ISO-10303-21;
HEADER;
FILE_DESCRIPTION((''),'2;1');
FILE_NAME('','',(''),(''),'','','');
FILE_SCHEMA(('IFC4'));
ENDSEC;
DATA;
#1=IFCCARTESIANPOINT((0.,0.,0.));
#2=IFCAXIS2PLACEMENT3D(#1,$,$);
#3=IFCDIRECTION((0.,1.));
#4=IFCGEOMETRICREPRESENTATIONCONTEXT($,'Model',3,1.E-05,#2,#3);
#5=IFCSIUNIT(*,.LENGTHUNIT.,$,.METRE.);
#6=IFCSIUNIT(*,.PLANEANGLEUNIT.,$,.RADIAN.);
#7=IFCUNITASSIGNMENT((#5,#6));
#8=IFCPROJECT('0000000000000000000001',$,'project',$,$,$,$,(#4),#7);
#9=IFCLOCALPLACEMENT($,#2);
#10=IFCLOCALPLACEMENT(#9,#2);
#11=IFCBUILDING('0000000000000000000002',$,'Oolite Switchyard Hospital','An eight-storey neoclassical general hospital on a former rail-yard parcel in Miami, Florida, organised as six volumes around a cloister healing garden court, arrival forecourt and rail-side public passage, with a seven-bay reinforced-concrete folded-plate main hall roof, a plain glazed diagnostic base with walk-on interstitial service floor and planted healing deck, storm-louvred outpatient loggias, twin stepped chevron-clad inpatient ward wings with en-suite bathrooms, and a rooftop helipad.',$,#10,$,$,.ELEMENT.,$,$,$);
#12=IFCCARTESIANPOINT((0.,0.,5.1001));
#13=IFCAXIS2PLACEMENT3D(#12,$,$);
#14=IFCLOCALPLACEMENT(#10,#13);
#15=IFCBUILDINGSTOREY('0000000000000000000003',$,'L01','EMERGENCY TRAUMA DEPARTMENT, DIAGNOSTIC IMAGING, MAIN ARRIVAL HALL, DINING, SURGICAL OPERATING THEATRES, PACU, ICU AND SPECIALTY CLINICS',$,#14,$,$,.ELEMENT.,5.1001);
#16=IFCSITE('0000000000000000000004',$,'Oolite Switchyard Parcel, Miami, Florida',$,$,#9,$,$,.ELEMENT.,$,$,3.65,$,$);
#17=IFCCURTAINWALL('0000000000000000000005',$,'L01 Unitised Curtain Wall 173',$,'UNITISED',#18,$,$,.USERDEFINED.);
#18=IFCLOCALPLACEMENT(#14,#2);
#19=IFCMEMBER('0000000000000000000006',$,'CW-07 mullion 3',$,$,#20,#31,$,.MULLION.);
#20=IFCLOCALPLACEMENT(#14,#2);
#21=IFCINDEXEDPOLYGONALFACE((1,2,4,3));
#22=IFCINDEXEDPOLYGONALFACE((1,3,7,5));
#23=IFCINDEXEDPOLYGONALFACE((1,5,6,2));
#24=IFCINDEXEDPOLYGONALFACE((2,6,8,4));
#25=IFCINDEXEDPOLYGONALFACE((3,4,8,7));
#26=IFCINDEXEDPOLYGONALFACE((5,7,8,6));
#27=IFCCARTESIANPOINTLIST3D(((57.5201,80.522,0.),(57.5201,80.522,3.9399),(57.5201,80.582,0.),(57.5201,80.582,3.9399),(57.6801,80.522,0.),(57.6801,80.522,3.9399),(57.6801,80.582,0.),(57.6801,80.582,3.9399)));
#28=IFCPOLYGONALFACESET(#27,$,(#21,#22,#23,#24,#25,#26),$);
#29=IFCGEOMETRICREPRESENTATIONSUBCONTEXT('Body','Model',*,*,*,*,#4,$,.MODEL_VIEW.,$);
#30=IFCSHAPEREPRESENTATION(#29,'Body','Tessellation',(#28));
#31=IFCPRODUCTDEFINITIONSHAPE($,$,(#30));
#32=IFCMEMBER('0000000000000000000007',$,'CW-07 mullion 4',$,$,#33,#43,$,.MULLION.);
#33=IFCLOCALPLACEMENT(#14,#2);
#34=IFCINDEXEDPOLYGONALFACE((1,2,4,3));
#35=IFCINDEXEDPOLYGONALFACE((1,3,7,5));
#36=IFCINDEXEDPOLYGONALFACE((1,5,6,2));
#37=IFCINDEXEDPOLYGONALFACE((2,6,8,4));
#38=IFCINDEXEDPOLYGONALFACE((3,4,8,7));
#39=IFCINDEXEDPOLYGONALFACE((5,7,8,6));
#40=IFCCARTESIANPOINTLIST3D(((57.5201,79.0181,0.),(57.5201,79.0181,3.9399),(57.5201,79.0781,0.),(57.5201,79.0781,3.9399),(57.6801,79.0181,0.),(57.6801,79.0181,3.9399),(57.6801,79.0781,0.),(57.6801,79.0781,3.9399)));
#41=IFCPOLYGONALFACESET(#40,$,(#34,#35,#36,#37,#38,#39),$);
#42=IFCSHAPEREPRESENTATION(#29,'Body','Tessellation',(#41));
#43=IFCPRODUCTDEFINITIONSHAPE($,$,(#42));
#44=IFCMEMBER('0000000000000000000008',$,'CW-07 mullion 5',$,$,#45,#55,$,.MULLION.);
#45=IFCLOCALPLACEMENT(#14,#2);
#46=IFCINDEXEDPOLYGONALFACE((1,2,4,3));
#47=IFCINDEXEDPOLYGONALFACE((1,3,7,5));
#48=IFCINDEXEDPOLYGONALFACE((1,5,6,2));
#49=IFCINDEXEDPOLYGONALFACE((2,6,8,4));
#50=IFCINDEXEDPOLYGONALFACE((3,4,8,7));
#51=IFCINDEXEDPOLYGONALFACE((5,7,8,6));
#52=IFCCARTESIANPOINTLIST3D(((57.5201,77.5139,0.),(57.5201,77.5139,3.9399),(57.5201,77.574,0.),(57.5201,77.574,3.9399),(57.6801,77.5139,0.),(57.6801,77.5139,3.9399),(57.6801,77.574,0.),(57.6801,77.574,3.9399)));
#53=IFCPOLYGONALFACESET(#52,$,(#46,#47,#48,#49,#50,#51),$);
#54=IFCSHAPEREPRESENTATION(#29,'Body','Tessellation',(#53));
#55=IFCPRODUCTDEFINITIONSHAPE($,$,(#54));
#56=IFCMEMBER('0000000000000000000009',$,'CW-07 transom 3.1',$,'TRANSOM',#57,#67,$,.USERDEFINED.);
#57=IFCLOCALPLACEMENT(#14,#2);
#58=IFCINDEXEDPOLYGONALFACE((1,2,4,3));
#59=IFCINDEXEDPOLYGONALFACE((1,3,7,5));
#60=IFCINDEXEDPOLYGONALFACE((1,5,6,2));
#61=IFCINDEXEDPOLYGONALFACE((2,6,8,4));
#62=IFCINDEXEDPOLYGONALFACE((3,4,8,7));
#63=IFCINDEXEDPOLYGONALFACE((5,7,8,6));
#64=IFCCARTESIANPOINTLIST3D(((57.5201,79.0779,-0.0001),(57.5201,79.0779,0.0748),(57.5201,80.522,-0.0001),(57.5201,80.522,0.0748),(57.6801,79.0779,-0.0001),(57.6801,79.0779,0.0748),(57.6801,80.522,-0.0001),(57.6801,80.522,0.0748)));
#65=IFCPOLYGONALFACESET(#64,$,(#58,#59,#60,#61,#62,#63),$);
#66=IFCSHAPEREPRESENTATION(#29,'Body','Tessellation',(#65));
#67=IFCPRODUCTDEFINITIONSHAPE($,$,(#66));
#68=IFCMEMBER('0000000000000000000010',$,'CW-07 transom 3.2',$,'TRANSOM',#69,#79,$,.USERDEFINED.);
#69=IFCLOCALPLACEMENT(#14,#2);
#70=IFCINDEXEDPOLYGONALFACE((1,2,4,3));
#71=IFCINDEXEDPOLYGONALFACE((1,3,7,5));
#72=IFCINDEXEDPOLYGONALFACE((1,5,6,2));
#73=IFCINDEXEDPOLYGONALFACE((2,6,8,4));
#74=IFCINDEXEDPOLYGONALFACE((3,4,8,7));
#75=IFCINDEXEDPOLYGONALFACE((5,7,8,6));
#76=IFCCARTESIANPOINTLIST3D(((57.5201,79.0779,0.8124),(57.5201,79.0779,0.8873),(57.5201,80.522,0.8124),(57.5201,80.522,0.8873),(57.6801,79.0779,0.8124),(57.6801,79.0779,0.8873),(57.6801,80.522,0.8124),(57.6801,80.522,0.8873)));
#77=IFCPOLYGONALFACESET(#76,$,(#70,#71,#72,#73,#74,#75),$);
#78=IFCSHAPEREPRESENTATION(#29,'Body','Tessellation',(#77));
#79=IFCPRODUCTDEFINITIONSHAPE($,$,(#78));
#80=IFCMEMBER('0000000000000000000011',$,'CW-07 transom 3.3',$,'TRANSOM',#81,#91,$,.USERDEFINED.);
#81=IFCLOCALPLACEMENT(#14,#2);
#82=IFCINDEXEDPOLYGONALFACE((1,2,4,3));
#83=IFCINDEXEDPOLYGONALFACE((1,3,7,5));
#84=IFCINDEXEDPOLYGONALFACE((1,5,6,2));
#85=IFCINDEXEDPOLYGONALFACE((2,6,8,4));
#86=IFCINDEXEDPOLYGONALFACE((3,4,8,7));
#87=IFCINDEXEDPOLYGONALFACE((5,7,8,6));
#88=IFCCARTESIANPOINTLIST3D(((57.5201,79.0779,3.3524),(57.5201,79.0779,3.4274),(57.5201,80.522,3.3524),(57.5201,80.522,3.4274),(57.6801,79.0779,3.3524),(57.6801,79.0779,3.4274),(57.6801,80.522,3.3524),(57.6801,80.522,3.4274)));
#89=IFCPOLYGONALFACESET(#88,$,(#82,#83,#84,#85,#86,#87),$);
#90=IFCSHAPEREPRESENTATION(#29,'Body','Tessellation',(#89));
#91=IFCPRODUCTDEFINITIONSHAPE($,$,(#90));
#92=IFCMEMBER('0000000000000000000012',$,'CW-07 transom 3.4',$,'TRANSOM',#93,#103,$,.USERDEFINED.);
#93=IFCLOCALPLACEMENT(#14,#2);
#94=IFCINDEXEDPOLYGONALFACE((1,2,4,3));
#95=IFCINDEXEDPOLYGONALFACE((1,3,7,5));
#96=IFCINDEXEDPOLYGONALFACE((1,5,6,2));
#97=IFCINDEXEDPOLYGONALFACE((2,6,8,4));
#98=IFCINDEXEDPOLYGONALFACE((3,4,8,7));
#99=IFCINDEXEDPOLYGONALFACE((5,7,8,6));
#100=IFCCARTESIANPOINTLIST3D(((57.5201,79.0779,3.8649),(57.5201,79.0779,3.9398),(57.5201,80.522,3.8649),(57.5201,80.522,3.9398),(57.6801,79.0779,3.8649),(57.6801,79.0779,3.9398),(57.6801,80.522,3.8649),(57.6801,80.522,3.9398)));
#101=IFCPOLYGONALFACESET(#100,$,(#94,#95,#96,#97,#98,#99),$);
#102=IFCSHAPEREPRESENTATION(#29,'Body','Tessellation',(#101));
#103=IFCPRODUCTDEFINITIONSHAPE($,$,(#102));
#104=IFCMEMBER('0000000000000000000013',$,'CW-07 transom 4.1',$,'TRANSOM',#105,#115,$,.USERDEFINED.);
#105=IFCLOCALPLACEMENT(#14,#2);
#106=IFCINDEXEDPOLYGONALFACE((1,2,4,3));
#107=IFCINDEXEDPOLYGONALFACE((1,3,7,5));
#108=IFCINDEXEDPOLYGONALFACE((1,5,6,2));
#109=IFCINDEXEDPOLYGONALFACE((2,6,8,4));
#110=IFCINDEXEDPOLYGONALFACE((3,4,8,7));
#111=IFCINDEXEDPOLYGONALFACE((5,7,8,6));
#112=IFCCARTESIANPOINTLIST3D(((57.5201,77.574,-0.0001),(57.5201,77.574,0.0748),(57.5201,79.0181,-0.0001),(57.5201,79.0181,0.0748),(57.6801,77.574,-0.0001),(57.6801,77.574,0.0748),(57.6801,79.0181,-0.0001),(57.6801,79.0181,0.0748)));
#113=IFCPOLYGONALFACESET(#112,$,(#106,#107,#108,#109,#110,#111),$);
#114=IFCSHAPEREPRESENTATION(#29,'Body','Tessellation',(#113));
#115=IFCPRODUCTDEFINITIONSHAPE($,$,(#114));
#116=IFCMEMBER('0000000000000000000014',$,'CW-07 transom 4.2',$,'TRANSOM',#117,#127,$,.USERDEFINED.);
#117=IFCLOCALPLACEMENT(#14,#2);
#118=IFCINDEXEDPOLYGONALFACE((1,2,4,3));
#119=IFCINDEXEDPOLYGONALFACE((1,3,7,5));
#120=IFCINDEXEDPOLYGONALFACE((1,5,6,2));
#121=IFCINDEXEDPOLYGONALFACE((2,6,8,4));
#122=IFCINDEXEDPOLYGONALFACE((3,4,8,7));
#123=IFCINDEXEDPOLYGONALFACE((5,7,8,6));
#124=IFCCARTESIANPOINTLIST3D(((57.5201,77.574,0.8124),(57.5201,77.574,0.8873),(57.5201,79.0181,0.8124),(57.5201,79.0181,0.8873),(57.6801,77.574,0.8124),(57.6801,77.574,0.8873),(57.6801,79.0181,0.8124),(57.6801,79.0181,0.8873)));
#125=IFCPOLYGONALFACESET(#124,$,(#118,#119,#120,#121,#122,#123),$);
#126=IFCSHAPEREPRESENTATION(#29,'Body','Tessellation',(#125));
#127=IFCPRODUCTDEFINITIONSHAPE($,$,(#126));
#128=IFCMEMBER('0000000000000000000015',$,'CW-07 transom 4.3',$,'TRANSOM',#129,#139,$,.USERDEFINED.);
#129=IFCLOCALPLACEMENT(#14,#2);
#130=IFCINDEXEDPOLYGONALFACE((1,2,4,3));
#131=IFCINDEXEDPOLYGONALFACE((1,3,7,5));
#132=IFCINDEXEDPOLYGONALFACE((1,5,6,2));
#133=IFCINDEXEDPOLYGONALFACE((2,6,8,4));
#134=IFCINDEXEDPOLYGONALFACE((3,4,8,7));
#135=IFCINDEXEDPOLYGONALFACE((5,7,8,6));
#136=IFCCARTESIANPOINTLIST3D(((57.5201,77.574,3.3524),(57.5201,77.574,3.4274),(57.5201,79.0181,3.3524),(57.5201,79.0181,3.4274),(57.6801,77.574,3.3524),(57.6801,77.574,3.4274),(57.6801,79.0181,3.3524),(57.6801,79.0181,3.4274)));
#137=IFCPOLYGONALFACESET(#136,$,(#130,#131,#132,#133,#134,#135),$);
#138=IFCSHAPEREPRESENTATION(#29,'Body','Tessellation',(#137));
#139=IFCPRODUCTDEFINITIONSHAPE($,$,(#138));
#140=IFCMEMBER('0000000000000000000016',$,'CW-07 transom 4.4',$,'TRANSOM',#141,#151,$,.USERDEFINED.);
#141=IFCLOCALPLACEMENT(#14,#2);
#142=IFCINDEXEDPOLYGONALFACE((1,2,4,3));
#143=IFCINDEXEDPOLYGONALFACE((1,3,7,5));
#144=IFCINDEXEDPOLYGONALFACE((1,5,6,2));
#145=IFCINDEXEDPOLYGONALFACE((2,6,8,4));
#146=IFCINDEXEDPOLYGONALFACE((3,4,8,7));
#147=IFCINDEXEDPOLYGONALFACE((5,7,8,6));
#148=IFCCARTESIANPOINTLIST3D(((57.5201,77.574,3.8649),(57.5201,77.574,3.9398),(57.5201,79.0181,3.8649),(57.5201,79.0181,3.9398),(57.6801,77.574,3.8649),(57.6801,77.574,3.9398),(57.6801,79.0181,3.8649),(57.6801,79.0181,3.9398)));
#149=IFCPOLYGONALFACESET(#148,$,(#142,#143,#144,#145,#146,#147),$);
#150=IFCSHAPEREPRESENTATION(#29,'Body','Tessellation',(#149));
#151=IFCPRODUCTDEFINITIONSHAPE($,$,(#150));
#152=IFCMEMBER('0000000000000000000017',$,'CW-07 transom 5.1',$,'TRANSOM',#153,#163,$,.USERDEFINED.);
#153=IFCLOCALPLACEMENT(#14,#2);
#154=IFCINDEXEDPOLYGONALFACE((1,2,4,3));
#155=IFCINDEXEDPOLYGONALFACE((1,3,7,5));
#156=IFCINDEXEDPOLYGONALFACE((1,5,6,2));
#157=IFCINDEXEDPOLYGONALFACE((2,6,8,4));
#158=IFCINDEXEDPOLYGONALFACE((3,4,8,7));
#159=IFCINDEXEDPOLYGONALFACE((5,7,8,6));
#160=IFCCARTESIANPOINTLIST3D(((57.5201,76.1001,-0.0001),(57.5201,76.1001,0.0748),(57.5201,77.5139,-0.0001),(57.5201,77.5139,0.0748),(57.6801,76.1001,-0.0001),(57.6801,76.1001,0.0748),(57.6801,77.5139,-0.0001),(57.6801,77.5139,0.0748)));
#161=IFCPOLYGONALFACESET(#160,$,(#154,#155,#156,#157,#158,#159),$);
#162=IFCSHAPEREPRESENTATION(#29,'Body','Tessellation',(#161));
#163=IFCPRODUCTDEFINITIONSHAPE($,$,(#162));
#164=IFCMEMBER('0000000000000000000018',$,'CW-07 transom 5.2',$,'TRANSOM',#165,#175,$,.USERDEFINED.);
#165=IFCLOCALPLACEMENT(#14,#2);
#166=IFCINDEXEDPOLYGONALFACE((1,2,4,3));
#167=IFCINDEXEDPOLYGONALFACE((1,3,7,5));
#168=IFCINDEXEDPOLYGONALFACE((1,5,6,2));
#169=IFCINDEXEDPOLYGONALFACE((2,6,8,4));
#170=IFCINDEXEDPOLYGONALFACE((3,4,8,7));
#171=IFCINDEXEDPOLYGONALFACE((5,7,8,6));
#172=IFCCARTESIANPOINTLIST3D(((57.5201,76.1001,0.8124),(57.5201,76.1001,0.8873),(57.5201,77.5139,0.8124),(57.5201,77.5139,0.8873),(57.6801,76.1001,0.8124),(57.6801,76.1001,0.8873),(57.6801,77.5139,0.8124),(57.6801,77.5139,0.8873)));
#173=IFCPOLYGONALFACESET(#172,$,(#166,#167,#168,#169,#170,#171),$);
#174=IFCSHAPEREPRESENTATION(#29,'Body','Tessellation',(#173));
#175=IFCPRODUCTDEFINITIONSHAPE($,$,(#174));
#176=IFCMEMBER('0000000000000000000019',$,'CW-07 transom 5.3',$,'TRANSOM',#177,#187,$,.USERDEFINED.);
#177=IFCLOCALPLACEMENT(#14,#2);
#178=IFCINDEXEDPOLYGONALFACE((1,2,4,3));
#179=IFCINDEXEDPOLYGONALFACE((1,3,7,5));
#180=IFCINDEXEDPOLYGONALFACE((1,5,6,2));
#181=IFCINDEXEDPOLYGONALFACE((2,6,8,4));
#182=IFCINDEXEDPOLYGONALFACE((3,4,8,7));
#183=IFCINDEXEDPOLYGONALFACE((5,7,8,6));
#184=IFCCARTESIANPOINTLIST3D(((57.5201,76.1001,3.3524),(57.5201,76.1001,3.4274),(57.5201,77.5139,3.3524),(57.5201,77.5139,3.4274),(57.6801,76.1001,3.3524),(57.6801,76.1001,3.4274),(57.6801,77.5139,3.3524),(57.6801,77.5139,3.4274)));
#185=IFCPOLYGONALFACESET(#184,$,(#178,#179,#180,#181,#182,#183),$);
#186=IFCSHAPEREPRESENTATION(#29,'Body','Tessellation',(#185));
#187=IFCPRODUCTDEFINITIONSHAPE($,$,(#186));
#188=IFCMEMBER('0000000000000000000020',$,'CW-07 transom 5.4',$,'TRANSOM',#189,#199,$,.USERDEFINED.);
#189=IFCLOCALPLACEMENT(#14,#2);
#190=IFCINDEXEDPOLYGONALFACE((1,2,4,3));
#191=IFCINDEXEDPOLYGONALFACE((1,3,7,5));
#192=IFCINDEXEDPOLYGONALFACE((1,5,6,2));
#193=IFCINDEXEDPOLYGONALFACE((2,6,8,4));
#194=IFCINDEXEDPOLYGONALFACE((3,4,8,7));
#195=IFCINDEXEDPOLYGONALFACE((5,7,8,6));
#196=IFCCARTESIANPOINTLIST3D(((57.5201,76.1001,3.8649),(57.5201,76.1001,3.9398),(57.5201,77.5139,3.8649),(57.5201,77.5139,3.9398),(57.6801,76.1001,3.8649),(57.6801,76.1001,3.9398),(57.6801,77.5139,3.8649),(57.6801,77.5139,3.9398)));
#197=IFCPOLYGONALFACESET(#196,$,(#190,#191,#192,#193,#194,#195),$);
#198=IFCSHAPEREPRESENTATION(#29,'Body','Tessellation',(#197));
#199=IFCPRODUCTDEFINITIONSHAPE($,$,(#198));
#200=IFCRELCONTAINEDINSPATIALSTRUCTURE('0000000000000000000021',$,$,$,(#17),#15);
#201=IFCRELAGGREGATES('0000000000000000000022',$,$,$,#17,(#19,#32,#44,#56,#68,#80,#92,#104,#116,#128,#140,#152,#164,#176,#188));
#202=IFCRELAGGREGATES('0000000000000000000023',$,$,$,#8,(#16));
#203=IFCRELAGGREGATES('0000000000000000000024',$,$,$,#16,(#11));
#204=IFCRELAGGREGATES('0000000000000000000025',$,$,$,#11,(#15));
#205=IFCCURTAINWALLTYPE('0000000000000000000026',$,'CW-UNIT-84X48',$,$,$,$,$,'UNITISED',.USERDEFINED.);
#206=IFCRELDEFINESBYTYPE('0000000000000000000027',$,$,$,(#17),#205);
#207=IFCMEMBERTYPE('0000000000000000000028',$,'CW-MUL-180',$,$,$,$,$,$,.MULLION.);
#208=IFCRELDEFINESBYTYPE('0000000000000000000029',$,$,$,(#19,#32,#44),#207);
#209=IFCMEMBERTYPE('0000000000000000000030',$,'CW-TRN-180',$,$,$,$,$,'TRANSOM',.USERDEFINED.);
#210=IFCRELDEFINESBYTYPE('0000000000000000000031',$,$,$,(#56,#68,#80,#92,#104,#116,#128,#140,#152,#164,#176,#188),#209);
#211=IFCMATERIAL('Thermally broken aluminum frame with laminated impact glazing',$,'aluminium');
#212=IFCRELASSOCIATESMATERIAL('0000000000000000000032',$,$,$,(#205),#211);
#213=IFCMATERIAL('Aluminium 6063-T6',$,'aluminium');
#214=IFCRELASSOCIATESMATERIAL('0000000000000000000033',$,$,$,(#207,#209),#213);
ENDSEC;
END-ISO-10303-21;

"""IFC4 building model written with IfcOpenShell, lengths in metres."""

from ifc_helpers import new_model, si_unit, direction, frame, origin, origin_2d, place, context, subcontext, project, spatial, rectangle, extrude, material, material_profile, profile_set, type_object, element, aggregate, save


model = new_model("IFC4")

# Units and contexts
model_context = context("Model", 3, precision=1e-05, world=origin(), true_north=direction((0.0, 1.0)))
body_context = subcontext(model_context, "Body", "Model", "MODEL_VIEW")
ifc_project = project(units=[si_unit("LENGTHUNIT", "METRE"), si_unit("PLANEANGLEUNIT", "RADIAN")], contexts=[model_context])

# Site, building, storey
site_placement = place(None, origin())
site = spatial("IfcSite", under=ifc_project, at=site_placement, Name="Oolite Switchyard Parcel, Miami, Florida", CompositionType="ELEMENT", RefElevation=3.65)
building_placement = place(site_placement, origin())
building = spatial("IfcBuilding", under=site, at=building_placement, Name="Oolite Switchyard Hospital", Description="An eight-storey neoclassical general hospital on a former rail-yard parcel in Miami, Florida, organised as six volumes around a cloister healing garden court, arrival forecourt and rail-side public passage, with a seven-bay reinforced-concrete folded-plate main hall roof, a plain glazed diagnostic base with walk-on interstitial service floor and planted healing deck, storm-louvred outpatient loggias, twin stepped chevron-clad inpatient ward wings with en-suite bathrooms, and a rooftop helipad.", CompositionType="ELEMENT")
storey_placement = place(building_placement, frame((0.0, 0.0, 5.1001)))
storey = spatial("IfcBuildingStorey", under=building, at=storey_placement, Name="L01", Description="EMERGENCY TRAUMA DEPARTMENT, DIAGNOSTIC IMAGING, MAIN ARRIVAL HALL, DINING, SURGICAL OPERATING THEATRES, PACU, ICU AND SPECIALTY CLINICS", CompositionType="ELEMENT", Elevation=5.1001)

# Curtain wall, members
ifc_material_1 = material(Name="Thermally broken aluminum frame with laminated impact glazing", Category="aluminium")
curtain_wall_type = type_object("IfcCurtainWallType", Name="CW-UNIT-84X48", ElementType="UNITISED", PredefinedType="USERDEFINED", material=ifc_material_1)
curtain_wall_placement = place(storey_placement, origin())
curtain_wall = element("IfcCurtainWall", 1, at=curtain_wall_placement, inside=storey, type_object=curtain_wall_type, Name="L01 Unitised Curtain Wall 173", ObjectType="UNITISED", PredefinedType="USERDEFINED")
ifc_material_2 = material(Name="Aluminium 6063-T6", Category="aluminium")
ifc_material_profile_1 = material_profile(ifc_material_2, rectangle(XDim=0.1599, YDim=0.0601, at=origin_2d()), Name="CWM60X160")
ifc_profile_set_1 = profile_set([ifc_material_profile_1], Name="Aluminium 6063-T6")
member_type_1 = type_object("IfcMemberType", Name="CW-MUL-180", PredefinedType="MULLION", material=ifc_profile_set_1)
member_1_placement = place(storey_placement, frame((57.6001, 80.552, 0.0), z_axis=(0.0, 0.0, 1.0), x_axis=(1.0, 0.0, 0.0)))
member_1 = element("IfcMember", 2, at=member_1_placement, type_object=member_type_1, Name="CW-07 mullion 3", PredefinedType="MULLION", context=body_context, shape_type="SweptSolid", body=[
    extrude(rectangle(XDim=0.1599, YDim=0.0601, at=origin_2d()), origin(), (0.0, 0.0, 1.0), 3.9399),
])
member_2_placement = place(storey_placement, frame((57.6001, 79.0481, 0.0), z_axis=(0.0, 0.0, 1.0), x_axis=(1.0, 0.0, 0.0)))
member_2 = element("IfcMember", 3, at=member_2_placement, type_object=member_type_1, Name="CW-07 mullion 4", PredefinedType="MULLION", context=body_context, shape_type="SweptSolid", body=[
    extrude(rectangle(XDim=0.1599, YDim=0.0601, at=origin_2d()), origin(), (0.0, 0.0, 1.0), 3.9399),
])
member_3_placement = place(storey_placement, frame((57.6001, 77.5439, 0.0), z_axis=(0.0, 0.0, 1.0), x_axis=(1.0, 0.0, 0.0)))
member_3 = element("IfcMember", 4, at=member_3_placement, type_object=member_type_1, Name="CW-07 mullion 5", PredefinedType="MULLION", context=body_context, shape_type="SweptSolid", body=[
    extrude(rectangle(XDim=0.1599, YDim=0.0601, at=origin_2d()), origin(), (0.0, 0.0, 1.0), 3.9399),
])
ifc_material_profile_2 = material_profile(ifc_material_2, rectangle(XDim=0.1599, YDim=0.075, at=origin_2d()), Name="CWT75X160")
ifc_profile_set_2 = profile_set([ifc_material_profile_2], Name="Aluminium 6063-T6")
member_type_2 = type_object("IfcMemberType", Name="CW-TRN-180", ElementType="TRANSOM", PredefinedType="USERDEFINED", material=ifc_profile_set_2)
member_4_placement = place(storey_placement, frame((57.6001, 80.522, 0.0374), z_axis=(0.0, -1.0, 0.0), x_axis=(1.0, 0.0, 0.0)))
member_4 = element("IfcMember", 5, at=member_4_placement, type_object=member_type_2, Name="CW-07 transom 3.1", ObjectType="TRANSOM", PredefinedType="USERDEFINED", context=body_context, shape_type="SweptSolid", body=[
    extrude(rectangle(XDim=0.1599, YDim=0.075, at=origin_2d()), origin(), (0.0, 0.0, 1.0), 1.4441),
])
member_5_placement = place(storey_placement, frame((57.6001, 80.522, 0.8499), z_axis=(0.0, -1.0, 0.0), x_axis=(1.0, 0.0, 0.0)))
member_5 = element("IfcMember", 6, at=member_5_placement, type_object=member_type_2, Name="CW-07 transom 3.2", ObjectType="TRANSOM", PredefinedType="USERDEFINED", context=body_context, shape_type="SweptSolid", body=[
    extrude(rectangle(XDim=0.1599, YDim=0.075, at=origin_2d()), origin(), (0.0, 0.0, 1.0), 1.4441),
])
member_6_placement = place(storey_placement, frame((57.6001, 80.522, 3.3899), z_axis=(0.0, -1.0, 0.0), x_axis=(1.0, 0.0, 0.0)))
member_6 = element("IfcMember", 7, at=member_6_placement, type_object=member_type_2, Name="CW-07 transom 3.3", ObjectType="TRANSOM", PredefinedType="USERDEFINED", context=body_context, shape_type="SweptSolid", body=[
    extrude(rectangle(XDim=0.1599, YDim=0.075, at=origin_2d()), origin(), (0.0, 0.0, 1.0), 1.4441),
])
member_7_placement = place(storey_placement, frame((57.6001, 80.522, 3.9023), z_axis=(0.0, -1.0, 0.0), x_axis=(1.0, 0.0, 0.0)))
member_7 = element("IfcMember", 8, at=member_7_placement, type_object=member_type_2, Name="CW-07 transom 3.4", ObjectType="TRANSOM", PredefinedType="USERDEFINED", context=body_context, shape_type="SweptSolid", body=[
    extrude(rectangle(XDim=0.1599, YDim=0.075, at=origin_2d()), origin(), (0.0, 0.0, 1.0), 1.4441),
])
member_8_placement = place(storey_placement, frame((57.6001, 79.0181, 0.0374), z_axis=(0.0, -1.0, 0.0), x_axis=(1.0, 0.0, 0.0)))
member_8 = element("IfcMember", 9, at=member_8_placement, type_object=member_type_2, Name="CW-07 transom 4.1", ObjectType="TRANSOM", PredefinedType="USERDEFINED", context=body_context, shape_type="SweptSolid", body=[
    extrude(rectangle(XDim=0.1599, YDim=0.075, at=origin_2d()), origin(), (0.0, 0.0, 1.0), 1.4441),
])
member_9_placement = place(storey_placement, frame((57.6001, 79.0181, 0.8499), z_axis=(0.0, -1.0, 0.0), x_axis=(1.0, 0.0, 0.0)))
member_9 = element("IfcMember", 10, at=member_9_placement, type_object=member_type_2, Name="CW-07 transom 4.2", ObjectType="TRANSOM", PredefinedType="USERDEFINED", context=body_context, shape_type="SweptSolid", body=[
    extrude(rectangle(XDim=0.1599, YDim=0.075, at=origin_2d()), origin(), (0.0, 0.0, 1.0), 1.4441),
])
member_10_placement = place(storey_placement, frame((57.6001, 79.0181, 3.3899), z_axis=(0.0, -1.0, 0.0), x_axis=(1.0, 0.0, 0.0)))
member_10 = element("IfcMember", 11, at=member_10_placement, type_object=member_type_2, Name="CW-07 transom 4.3", ObjectType="TRANSOM", PredefinedType="USERDEFINED", context=body_context, shape_type="SweptSolid", body=[
    extrude(rectangle(XDim=0.1599, YDim=0.075, at=origin_2d()), origin(), (0.0, 0.0, 1.0), 1.4441),
])
member_11_placement = place(storey_placement, frame((57.6001, 79.0181, 3.9023), z_axis=(0.0, -1.0, 0.0), x_axis=(1.0, 0.0, 0.0)))
member_11 = element("IfcMember", 12, at=member_11_placement, type_object=member_type_2, Name="CW-07 transom 4.4", ObjectType="TRANSOM", PredefinedType="USERDEFINED", context=body_context, shape_type="SweptSolid", body=[
    extrude(rectangle(XDim=0.1599, YDim=0.075, at=origin_2d()), origin(), (0.0, 0.0, 1.0), 1.4441),
])
member_12_placement = place(storey_placement, frame((57.6001, 77.5139, 0.0374), z_axis=(0.0, -1.0, 0.0), x_axis=(1.0, 0.0, 0.0)))
member_12 = element("IfcMember", 13, at=member_12_placement, type_object=member_type_2, Name="CW-07 transom 5.1", ObjectType="TRANSOM", PredefinedType="USERDEFINED", context=body_context, shape_type="SweptSolid", body=[
    extrude(rectangle(XDim=0.1599, YDim=0.075, at=origin_2d()), origin(), (0.0, 0.0, 1.0), 1.4138),
])
member_13_placement = place(storey_placement, frame((57.6001, 77.5139, 0.8499), z_axis=(0.0, -1.0, 0.0), x_axis=(1.0, 0.0, 0.0)))
member_13 = element("IfcMember", 14, at=member_13_placement, type_object=member_type_2, Name="CW-07 transom 5.2", ObjectType="TRANSOM", PredefinedType="USERDEFINED", context=body_context, shape_type="SweptSolid", body=[
    extrude(rectangle(XDim=0.1599, YDim=0.075, at=origin_2d()), origin(), (0.0, 0.0, 1.0), 1.4138),
])
member_14_placement = place(storey_placement, frame((57.6001, 77.5139, 3.3899), z_axis=(0.0, -1.0, 0.0), x_axis=(1.0, 0.0, 0.0)))
member_14 = element("IfcMember", 15, at=member_14_placement, type_object=member_type_2, Name="CW-07 transom 5.3", ObjectType="TRANSOM", PredefinedType="USERDEFINED", context=body_context, shape_type="SweptSolid", body=[
    extrude(rectangle(XDim=0.1599, YDim=0.075, at=origin_2d()), origin(), (0.0, 0.0, 1.0), 1.4138),
])
member_15_placement = place(storey_placement, frame((57.6001, 77.5139, 3.9023), z_axis=(0.0, -1.0, 0.0), x_axis=(1.0, 0.0, 0.0)))
member_15 = element("IfcMember", 16, at=member_15_placement, type_object=member_type_2, Name="CW-07 transom 5.4", ObjectType="TRANSOM", PredefinedType="USERDEFINED", context=body_context, shape_type="SweptSolid", body=[
    extrude(rectangle(XDim=0.1599, YDim=0.075, at=origin_2d()), origin(), (0.0, 0.0, 1.0), 1.4138),
])
aggregate(curtain_wall, [member_1, member_2, member_3, member_4, member_5, member_6, member_7, member_8, member_9, member_10, member_11, member_12, member_13, member_14, member_15])

save(model, "model.ifc")
